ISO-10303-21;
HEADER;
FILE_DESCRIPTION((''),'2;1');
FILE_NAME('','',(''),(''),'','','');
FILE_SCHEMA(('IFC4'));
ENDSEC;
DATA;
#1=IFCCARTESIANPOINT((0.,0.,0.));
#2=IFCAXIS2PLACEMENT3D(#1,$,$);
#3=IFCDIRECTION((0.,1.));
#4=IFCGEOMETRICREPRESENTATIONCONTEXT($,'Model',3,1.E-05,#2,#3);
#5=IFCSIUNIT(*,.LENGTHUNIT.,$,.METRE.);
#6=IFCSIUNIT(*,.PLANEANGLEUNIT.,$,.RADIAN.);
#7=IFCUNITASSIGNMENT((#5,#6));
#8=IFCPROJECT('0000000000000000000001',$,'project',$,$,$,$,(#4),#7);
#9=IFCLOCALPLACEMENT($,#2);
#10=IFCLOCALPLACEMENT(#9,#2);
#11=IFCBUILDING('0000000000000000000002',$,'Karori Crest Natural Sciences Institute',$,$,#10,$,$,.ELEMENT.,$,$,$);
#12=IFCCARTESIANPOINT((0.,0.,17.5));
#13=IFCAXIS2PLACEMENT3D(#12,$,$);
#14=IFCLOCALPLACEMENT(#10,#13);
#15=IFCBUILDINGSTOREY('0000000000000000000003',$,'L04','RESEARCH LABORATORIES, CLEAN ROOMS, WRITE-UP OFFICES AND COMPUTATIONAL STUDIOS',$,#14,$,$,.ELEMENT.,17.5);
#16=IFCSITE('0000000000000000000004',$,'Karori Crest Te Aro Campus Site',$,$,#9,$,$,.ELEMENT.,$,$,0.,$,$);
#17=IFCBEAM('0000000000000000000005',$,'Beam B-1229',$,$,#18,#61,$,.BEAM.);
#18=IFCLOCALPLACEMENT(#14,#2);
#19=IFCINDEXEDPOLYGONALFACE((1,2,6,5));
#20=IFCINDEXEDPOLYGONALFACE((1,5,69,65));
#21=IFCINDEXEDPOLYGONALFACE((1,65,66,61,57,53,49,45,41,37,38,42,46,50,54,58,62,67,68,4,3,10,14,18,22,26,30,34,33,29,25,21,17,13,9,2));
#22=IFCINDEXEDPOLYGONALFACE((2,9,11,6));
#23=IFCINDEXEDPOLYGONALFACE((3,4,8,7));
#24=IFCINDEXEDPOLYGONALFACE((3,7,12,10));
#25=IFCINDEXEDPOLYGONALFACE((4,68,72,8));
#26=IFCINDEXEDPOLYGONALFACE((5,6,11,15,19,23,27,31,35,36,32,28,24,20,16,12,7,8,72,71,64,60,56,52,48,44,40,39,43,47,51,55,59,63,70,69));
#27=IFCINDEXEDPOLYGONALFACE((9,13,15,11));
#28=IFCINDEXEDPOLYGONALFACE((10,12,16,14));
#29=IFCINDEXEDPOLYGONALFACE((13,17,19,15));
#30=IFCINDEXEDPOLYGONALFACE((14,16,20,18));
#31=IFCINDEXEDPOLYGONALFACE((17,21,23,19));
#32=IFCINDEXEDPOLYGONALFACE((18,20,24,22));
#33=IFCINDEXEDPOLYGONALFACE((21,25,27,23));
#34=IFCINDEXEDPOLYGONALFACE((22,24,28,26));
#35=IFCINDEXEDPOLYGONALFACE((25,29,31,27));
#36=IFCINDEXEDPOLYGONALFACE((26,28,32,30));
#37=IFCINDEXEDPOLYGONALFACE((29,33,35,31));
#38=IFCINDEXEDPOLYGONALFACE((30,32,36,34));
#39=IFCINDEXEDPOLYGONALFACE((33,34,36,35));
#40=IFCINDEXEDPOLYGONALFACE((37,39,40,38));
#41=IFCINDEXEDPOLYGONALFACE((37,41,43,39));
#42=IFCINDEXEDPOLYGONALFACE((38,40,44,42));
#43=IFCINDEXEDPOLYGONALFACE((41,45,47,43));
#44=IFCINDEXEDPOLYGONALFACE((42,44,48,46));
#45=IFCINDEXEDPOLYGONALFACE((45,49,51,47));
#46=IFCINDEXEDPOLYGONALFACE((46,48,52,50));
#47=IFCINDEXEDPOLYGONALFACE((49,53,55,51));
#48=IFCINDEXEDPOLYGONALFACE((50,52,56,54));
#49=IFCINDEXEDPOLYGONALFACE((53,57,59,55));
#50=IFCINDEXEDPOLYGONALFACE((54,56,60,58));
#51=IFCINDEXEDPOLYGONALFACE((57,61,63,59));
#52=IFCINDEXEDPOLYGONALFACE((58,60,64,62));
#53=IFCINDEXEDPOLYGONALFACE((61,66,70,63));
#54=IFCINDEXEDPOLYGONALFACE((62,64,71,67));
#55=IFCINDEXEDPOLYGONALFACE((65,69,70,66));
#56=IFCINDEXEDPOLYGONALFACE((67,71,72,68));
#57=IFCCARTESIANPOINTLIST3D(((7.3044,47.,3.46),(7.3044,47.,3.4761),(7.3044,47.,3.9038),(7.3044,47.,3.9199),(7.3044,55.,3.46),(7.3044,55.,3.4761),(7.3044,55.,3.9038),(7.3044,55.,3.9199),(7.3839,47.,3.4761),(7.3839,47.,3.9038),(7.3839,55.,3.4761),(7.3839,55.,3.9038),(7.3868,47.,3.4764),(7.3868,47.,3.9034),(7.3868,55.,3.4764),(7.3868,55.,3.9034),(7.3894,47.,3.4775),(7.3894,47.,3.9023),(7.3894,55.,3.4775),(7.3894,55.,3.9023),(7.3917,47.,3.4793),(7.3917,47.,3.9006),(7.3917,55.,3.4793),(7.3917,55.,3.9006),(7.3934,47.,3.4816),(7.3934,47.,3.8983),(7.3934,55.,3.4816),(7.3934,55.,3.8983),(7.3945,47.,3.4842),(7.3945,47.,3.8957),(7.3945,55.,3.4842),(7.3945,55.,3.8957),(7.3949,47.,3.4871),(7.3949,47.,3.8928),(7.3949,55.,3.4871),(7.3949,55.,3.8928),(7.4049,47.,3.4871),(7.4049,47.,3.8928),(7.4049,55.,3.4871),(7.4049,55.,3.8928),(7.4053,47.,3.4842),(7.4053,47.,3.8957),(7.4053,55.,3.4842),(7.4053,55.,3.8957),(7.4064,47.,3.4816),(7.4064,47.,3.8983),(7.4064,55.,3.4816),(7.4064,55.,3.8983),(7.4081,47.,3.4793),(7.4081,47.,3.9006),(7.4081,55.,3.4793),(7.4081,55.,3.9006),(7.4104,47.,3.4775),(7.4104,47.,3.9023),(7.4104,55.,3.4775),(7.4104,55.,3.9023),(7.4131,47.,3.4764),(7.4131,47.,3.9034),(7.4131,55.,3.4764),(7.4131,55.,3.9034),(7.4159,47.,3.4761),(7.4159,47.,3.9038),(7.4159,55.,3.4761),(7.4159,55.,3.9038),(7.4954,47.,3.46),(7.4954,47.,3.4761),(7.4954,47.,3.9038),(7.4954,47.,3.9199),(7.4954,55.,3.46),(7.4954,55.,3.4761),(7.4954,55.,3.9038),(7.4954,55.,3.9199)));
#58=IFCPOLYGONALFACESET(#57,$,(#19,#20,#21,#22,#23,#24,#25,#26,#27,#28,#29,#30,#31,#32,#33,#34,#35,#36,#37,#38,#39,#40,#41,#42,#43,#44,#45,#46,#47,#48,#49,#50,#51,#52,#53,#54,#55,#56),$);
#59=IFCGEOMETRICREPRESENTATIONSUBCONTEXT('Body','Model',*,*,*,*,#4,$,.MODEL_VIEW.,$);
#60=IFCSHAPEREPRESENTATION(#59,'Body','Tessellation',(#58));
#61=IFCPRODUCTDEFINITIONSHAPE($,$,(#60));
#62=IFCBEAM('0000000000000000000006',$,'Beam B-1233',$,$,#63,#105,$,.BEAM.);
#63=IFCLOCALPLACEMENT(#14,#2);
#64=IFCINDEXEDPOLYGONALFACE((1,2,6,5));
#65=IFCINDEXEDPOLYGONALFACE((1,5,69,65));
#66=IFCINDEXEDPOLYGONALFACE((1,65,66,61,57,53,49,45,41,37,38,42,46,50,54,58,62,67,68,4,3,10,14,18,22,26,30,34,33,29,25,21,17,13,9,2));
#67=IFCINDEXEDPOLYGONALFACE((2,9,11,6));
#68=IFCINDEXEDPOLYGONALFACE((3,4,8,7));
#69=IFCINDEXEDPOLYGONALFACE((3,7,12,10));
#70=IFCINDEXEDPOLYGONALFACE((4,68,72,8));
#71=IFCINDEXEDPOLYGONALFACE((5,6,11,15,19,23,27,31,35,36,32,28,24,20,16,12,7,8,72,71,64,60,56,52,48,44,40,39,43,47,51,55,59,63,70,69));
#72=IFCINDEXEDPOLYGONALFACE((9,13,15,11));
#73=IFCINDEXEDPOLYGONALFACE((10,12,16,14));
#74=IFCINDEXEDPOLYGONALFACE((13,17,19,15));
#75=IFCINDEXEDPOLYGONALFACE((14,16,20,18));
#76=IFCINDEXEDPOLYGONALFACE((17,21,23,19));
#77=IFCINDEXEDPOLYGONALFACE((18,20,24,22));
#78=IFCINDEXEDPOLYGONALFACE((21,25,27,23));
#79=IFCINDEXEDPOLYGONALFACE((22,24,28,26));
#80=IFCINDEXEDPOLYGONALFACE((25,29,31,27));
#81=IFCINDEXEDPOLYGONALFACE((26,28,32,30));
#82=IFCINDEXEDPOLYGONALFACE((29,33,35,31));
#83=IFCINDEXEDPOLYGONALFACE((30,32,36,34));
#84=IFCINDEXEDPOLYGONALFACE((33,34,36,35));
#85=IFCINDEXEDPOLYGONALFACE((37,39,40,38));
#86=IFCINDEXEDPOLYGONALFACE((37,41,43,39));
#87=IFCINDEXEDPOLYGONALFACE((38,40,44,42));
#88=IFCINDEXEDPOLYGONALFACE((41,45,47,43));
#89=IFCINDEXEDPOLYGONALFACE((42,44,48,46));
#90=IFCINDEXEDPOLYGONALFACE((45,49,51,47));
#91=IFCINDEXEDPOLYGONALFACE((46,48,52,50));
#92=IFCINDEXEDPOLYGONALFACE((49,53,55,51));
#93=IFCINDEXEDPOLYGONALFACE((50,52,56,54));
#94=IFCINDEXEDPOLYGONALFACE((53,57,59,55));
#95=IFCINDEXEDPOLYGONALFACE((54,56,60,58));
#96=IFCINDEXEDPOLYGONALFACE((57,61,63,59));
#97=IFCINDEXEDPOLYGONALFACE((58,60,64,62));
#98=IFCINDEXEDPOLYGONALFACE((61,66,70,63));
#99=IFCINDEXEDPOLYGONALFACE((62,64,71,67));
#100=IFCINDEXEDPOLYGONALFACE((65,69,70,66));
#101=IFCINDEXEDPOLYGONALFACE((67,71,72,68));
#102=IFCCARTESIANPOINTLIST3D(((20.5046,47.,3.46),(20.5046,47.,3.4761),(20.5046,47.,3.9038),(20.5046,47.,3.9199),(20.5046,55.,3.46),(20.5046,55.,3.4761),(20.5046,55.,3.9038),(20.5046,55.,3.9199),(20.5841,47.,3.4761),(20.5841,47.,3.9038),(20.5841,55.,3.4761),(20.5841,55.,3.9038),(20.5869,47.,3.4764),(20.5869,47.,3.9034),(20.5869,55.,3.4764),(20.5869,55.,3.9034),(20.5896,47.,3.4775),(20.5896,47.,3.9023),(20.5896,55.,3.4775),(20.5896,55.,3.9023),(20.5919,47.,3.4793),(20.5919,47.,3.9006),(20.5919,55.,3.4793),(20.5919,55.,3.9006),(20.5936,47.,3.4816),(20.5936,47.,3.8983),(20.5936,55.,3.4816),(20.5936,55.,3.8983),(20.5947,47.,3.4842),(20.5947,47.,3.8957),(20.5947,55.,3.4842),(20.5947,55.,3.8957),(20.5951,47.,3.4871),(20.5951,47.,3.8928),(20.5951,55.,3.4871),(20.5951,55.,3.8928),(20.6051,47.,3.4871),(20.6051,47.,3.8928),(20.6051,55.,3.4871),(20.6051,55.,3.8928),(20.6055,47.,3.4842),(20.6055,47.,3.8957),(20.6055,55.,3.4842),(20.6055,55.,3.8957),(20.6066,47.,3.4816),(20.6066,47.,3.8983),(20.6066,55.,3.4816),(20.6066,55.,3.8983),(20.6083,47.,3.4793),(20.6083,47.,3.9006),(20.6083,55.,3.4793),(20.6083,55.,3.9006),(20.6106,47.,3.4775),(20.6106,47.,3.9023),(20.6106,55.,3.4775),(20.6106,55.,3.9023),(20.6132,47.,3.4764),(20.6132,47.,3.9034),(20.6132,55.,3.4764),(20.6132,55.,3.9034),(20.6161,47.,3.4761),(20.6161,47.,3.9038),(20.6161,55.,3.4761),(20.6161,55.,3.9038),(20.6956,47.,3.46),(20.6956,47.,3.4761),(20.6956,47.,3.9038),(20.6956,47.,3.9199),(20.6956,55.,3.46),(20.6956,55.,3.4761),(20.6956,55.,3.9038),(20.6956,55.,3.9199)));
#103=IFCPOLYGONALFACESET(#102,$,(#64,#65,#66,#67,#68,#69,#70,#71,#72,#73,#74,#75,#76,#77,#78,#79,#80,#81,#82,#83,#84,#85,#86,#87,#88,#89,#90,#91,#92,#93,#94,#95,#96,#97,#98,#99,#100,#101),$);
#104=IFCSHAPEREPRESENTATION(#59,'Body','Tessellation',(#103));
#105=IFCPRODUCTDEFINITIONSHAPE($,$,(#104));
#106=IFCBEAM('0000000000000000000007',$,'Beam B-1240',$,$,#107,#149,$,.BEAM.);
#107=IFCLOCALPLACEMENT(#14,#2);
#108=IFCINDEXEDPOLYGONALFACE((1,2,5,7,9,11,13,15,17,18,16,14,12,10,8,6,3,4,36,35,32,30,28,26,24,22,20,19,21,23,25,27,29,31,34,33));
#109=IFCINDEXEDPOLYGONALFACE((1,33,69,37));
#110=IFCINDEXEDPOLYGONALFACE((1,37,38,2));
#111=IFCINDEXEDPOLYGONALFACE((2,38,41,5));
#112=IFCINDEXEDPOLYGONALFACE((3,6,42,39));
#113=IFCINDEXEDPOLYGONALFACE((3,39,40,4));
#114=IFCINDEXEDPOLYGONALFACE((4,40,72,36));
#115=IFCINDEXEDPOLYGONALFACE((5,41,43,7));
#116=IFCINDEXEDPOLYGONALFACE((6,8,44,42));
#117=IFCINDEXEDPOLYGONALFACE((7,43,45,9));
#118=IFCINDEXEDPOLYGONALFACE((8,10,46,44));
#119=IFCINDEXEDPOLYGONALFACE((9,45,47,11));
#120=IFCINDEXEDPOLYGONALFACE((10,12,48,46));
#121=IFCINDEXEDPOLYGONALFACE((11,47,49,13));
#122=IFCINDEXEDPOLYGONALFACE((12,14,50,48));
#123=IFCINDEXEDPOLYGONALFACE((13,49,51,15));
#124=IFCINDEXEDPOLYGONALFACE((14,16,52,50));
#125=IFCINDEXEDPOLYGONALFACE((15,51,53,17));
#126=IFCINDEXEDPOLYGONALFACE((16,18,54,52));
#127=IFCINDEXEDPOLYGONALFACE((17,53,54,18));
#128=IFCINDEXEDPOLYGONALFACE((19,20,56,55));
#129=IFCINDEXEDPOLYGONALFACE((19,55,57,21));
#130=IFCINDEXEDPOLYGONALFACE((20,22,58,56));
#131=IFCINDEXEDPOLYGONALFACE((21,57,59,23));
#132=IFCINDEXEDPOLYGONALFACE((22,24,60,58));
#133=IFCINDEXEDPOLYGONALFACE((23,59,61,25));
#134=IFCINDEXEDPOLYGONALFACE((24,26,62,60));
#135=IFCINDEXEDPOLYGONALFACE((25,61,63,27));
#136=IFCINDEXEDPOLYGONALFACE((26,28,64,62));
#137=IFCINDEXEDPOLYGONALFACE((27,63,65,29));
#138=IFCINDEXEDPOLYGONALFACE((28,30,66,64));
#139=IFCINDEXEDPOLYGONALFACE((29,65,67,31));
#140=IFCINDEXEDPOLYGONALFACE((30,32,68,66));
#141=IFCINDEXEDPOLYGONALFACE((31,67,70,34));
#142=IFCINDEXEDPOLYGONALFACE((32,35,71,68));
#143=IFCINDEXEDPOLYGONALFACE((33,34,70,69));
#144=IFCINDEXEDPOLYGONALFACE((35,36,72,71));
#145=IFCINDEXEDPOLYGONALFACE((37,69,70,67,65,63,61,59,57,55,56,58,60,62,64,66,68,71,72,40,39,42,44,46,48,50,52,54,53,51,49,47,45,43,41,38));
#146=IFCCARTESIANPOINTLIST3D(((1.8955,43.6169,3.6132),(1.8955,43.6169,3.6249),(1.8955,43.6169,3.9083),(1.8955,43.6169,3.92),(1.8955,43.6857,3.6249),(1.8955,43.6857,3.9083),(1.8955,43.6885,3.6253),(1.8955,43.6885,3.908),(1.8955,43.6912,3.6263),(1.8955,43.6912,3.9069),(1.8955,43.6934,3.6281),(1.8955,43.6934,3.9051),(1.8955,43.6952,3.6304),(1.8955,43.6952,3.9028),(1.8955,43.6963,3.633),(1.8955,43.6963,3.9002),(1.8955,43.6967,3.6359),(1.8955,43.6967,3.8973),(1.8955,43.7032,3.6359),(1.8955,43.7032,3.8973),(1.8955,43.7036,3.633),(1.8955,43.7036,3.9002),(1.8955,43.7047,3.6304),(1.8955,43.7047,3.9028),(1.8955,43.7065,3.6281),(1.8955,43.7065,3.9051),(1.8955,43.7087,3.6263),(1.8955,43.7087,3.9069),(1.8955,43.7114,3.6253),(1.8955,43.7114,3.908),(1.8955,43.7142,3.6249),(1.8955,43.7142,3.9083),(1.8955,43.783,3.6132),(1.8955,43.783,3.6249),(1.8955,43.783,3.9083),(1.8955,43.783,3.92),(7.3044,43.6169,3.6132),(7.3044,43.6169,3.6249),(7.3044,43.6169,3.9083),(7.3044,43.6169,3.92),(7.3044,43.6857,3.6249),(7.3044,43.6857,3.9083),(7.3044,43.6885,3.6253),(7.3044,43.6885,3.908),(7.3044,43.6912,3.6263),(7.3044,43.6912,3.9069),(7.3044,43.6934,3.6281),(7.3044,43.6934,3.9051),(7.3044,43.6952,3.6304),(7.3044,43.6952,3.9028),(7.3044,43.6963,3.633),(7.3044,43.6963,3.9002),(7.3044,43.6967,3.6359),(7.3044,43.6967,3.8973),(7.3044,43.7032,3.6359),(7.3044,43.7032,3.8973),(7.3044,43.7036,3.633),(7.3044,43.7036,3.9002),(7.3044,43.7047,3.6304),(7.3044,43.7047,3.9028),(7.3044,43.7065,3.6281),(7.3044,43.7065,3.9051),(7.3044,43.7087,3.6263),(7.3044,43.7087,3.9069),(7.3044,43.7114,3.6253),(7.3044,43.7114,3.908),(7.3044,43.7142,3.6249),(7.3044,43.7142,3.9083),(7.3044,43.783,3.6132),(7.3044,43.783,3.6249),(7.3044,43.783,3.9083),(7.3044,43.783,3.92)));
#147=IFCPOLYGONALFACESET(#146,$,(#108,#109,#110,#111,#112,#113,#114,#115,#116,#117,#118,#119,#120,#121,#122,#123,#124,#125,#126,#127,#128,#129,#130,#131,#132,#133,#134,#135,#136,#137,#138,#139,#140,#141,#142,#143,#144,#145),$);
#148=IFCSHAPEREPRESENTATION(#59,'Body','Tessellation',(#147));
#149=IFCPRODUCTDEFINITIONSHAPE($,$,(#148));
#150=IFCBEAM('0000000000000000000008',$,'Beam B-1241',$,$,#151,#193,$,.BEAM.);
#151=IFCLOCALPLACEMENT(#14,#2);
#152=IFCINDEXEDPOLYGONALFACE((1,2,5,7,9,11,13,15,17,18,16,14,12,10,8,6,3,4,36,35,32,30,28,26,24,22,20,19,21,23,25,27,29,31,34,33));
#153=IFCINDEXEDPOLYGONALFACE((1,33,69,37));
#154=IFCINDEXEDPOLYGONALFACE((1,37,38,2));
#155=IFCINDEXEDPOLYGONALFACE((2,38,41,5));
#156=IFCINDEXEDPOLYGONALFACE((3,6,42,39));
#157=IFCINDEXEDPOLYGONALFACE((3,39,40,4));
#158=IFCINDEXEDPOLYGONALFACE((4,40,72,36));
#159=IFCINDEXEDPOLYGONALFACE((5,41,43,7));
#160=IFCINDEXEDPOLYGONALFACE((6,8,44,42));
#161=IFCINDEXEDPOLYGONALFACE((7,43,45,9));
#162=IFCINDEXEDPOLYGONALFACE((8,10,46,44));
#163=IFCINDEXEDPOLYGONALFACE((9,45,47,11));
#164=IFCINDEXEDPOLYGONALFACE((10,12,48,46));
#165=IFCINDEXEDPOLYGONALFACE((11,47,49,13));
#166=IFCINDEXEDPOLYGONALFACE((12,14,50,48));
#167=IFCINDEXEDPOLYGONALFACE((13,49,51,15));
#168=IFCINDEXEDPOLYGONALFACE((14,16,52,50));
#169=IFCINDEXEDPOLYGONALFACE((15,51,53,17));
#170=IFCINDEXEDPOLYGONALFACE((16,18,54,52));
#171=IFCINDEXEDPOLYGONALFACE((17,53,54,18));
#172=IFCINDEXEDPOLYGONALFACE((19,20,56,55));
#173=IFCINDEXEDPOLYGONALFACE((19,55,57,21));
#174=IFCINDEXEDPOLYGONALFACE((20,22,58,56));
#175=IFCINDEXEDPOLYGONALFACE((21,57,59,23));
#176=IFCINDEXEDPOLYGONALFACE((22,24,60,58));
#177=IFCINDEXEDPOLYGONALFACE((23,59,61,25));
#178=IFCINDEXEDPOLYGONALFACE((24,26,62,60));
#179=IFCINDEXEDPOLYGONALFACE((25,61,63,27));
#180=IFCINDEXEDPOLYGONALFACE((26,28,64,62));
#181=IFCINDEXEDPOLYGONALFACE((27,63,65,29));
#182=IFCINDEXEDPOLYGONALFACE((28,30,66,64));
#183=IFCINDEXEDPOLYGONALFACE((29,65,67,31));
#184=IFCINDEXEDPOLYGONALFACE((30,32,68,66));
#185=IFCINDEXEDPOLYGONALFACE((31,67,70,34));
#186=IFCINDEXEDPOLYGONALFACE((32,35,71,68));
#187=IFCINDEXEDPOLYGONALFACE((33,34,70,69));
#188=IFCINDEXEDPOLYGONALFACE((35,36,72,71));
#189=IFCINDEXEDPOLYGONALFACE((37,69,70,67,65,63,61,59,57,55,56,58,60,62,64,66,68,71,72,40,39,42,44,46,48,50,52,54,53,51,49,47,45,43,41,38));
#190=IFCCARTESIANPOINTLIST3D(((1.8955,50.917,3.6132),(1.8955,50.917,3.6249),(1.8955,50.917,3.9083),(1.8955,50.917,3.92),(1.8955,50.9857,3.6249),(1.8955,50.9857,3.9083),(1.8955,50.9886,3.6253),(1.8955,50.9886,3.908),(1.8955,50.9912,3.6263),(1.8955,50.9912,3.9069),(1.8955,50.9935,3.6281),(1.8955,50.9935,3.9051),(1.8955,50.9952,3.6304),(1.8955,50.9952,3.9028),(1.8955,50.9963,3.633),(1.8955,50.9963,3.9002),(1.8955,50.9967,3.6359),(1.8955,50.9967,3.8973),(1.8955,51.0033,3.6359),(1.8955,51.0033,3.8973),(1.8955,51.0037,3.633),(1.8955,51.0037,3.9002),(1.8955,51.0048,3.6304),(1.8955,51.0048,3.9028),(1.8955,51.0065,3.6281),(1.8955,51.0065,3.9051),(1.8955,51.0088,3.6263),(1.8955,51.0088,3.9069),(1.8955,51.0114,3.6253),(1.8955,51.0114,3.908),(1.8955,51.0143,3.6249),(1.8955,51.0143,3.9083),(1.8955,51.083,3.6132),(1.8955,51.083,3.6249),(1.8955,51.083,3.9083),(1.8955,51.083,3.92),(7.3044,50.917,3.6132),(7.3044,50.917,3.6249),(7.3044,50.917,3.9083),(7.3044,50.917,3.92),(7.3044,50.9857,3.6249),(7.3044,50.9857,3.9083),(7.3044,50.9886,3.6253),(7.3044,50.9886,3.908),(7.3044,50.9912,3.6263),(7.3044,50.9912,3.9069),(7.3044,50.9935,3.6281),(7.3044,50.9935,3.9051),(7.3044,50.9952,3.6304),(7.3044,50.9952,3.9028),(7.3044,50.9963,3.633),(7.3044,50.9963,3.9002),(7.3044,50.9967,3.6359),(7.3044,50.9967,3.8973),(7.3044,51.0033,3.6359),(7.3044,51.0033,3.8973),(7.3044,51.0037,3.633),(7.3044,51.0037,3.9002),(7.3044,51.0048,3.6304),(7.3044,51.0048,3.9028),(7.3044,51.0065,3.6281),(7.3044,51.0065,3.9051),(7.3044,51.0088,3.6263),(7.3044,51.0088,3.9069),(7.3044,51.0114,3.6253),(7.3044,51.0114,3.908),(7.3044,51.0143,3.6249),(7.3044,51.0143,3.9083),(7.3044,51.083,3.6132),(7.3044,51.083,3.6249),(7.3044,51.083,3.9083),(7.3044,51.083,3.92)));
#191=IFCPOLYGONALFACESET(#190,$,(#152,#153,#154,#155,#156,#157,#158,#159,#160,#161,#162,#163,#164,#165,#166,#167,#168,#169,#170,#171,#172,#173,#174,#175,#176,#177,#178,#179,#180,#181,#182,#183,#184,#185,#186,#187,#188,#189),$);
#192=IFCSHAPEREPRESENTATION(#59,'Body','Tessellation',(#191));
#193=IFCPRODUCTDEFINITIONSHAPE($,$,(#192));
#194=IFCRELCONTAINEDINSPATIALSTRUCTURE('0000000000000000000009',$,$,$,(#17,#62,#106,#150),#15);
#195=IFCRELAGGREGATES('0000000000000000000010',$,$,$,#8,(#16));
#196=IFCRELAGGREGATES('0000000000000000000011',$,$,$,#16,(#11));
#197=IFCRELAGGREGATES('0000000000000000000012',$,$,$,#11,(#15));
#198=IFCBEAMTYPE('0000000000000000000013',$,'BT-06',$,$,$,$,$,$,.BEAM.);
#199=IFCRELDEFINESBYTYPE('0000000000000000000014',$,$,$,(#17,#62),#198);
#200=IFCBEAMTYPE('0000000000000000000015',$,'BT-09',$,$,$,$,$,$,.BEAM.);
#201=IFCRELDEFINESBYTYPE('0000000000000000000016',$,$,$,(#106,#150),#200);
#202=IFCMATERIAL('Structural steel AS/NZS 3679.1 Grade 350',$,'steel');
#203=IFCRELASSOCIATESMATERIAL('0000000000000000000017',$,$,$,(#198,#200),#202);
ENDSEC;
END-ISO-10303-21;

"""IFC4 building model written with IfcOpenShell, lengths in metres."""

from ifc_helpers import new_model, si_unit, direction, frame, origin, origin_2d, place, context, subcontext, project, spatial, i_section, extrude, material, material_profile, profile_set, type_object, element, save


model = new_model("IFC4")

# Units and contexts
model_context = context("Model", 3, precision=1e-05, world=origin(), true_north=direction((0.0, 1.0)))
body_context = subcontext(model_context, "Body", "Model", "MODEL_VIEW")
ifc_project = project(units=[si_unit("LENGTHUNIT", "METRE"), si_unit("PLANEANGLEUNIT", "RADIAN")], contexts=[model_context])

# Site, building, storey
site_placement = place(None, origin())
site = spatial("IfcSite", under=ifc_project, at=site_placement, Name="Karori Crest Te Aro Campus Site", CompositionType="ELEMENT", RefElevation=0.0)
building_placement = place(site_placement, origin())
building = spatial("IfcBuilding", under=site, at=building_placement, Name="Karori Crest Natural Sciences Institute", CompositionType="ELEMENT")
storey_placement = place(building_placement, frame((0.0, 0.0, 17.5)))
storey = spatial("IfcBuildingStorey", under=building, at=storey_placement, Name="L04", Description="RESEARCH LABORATORIES, CLEAN ROOMS, WRITE-UP OFFICES AND COMPUTATIONAL STUDIOS", CompositionType="ELEMENT", Elevation=17.5)

# Shared definitions
ifc_material_1 = material(Name="Structural steel AS/NZS 3679.1 Grade 350", Category="steel")

# Beams
ifc_material_profile_1 = material_profile(ifc_material_1, i_section(OverallWidth=0.1909, OverallDepth=0.46, WebThickness=0.01, FlangeThickness=0.0161, FilletRadius=0.011, at=origin_2d()), Name="460UB82.1")
ifc_profile_set_1 = profile_set([ifc_material_profile_1], Name="Structural steel AS/NZS 3679.1 Grade 350")
beam_type_1 = type_object("IfcBeamType", Name="BT-06", PredefinedType="BEAM", material=ifc_profile_set_1)
for number, where, z_axis, x_axis, name in (
    (1, (7.3999, 47.0, 3.6899), (0.0, 1.0, 0.0), (-1.0, 0.0, 0.0), "Beam B-1229"),
    (2, (20.6001, 47.0, 3.6899), (0.0, 1.0, 0.0), (-1.0, 0.0, 0.0), "Beam B-1233"),
):
    element("IfcBeam", number, at=place(storey_placement, frame(where, z_axis=z_axis, x_axis=x_axis)), inside=storey, type_object=beam_type_1, Name=name, PredefinedType="BEAM", context=body_context, shape_type="SweptSolid", body=[
        extrude(i_section(OverallWidth=0.1909, OverallDepth=0.46, WebThickness=0.01, FlangeThickness=0.0161, FilletRadius=0.011, at=origin_2d()), origin(), (0.0, 0.0, 1.0), 8.0),
    ])
ifc_material_profile_2 = material_profile(ifc_material_1, i_section(OverallWidth=0.166, OverallDepth=0.3069, WebThickness=0.0066, FlangeThickness=0.0117, FilletRadius=0.011, at=origin_2d()), Name="310UB46.2")
ifc_profile_set_2 = profile_set([ifc_material_profile_2], Name="Structural steel AS/NZS 3679.1 Grade 350")
beam_type_2 = type_object("IfcBeamType", Name="BT-09", PredefinedType="BEAM", material=ifc_profile_set_2)
for number, where, z_axis, x_axis, name in (
    (3, (1.8955, 43.7, 3.7666), (1.0, 0.0, 0.0), (0.0, 1.0, 0.0), "Beam B-1240"),
    (4, (1.8955, 51.0, 3.7666), (1.0, 0.0, 0.0), (0.0, 1.0, 0.0), "Beam B-1241"),
):
    element("IfcBeam", number, at=place(storey_placement, frame(where, z_axis=z_axis, x_axis=x_axis)), inside=storey, type_object=beam_type_2, Name=name, PredefinedType="BEAM", context=body_context, shape_type="SweptSolid", body=[
        extrude(i_section(OverallWidth=0.166, OverallDepth=0.3069, WebThickness=0.0066, FlangeThickness=0.0117, FilletRadius=0.011, at=origin_2d()), origin(), (0.0, 0.0, 1.0), 5.4089),
    ])

save(model, "model.ifc")
